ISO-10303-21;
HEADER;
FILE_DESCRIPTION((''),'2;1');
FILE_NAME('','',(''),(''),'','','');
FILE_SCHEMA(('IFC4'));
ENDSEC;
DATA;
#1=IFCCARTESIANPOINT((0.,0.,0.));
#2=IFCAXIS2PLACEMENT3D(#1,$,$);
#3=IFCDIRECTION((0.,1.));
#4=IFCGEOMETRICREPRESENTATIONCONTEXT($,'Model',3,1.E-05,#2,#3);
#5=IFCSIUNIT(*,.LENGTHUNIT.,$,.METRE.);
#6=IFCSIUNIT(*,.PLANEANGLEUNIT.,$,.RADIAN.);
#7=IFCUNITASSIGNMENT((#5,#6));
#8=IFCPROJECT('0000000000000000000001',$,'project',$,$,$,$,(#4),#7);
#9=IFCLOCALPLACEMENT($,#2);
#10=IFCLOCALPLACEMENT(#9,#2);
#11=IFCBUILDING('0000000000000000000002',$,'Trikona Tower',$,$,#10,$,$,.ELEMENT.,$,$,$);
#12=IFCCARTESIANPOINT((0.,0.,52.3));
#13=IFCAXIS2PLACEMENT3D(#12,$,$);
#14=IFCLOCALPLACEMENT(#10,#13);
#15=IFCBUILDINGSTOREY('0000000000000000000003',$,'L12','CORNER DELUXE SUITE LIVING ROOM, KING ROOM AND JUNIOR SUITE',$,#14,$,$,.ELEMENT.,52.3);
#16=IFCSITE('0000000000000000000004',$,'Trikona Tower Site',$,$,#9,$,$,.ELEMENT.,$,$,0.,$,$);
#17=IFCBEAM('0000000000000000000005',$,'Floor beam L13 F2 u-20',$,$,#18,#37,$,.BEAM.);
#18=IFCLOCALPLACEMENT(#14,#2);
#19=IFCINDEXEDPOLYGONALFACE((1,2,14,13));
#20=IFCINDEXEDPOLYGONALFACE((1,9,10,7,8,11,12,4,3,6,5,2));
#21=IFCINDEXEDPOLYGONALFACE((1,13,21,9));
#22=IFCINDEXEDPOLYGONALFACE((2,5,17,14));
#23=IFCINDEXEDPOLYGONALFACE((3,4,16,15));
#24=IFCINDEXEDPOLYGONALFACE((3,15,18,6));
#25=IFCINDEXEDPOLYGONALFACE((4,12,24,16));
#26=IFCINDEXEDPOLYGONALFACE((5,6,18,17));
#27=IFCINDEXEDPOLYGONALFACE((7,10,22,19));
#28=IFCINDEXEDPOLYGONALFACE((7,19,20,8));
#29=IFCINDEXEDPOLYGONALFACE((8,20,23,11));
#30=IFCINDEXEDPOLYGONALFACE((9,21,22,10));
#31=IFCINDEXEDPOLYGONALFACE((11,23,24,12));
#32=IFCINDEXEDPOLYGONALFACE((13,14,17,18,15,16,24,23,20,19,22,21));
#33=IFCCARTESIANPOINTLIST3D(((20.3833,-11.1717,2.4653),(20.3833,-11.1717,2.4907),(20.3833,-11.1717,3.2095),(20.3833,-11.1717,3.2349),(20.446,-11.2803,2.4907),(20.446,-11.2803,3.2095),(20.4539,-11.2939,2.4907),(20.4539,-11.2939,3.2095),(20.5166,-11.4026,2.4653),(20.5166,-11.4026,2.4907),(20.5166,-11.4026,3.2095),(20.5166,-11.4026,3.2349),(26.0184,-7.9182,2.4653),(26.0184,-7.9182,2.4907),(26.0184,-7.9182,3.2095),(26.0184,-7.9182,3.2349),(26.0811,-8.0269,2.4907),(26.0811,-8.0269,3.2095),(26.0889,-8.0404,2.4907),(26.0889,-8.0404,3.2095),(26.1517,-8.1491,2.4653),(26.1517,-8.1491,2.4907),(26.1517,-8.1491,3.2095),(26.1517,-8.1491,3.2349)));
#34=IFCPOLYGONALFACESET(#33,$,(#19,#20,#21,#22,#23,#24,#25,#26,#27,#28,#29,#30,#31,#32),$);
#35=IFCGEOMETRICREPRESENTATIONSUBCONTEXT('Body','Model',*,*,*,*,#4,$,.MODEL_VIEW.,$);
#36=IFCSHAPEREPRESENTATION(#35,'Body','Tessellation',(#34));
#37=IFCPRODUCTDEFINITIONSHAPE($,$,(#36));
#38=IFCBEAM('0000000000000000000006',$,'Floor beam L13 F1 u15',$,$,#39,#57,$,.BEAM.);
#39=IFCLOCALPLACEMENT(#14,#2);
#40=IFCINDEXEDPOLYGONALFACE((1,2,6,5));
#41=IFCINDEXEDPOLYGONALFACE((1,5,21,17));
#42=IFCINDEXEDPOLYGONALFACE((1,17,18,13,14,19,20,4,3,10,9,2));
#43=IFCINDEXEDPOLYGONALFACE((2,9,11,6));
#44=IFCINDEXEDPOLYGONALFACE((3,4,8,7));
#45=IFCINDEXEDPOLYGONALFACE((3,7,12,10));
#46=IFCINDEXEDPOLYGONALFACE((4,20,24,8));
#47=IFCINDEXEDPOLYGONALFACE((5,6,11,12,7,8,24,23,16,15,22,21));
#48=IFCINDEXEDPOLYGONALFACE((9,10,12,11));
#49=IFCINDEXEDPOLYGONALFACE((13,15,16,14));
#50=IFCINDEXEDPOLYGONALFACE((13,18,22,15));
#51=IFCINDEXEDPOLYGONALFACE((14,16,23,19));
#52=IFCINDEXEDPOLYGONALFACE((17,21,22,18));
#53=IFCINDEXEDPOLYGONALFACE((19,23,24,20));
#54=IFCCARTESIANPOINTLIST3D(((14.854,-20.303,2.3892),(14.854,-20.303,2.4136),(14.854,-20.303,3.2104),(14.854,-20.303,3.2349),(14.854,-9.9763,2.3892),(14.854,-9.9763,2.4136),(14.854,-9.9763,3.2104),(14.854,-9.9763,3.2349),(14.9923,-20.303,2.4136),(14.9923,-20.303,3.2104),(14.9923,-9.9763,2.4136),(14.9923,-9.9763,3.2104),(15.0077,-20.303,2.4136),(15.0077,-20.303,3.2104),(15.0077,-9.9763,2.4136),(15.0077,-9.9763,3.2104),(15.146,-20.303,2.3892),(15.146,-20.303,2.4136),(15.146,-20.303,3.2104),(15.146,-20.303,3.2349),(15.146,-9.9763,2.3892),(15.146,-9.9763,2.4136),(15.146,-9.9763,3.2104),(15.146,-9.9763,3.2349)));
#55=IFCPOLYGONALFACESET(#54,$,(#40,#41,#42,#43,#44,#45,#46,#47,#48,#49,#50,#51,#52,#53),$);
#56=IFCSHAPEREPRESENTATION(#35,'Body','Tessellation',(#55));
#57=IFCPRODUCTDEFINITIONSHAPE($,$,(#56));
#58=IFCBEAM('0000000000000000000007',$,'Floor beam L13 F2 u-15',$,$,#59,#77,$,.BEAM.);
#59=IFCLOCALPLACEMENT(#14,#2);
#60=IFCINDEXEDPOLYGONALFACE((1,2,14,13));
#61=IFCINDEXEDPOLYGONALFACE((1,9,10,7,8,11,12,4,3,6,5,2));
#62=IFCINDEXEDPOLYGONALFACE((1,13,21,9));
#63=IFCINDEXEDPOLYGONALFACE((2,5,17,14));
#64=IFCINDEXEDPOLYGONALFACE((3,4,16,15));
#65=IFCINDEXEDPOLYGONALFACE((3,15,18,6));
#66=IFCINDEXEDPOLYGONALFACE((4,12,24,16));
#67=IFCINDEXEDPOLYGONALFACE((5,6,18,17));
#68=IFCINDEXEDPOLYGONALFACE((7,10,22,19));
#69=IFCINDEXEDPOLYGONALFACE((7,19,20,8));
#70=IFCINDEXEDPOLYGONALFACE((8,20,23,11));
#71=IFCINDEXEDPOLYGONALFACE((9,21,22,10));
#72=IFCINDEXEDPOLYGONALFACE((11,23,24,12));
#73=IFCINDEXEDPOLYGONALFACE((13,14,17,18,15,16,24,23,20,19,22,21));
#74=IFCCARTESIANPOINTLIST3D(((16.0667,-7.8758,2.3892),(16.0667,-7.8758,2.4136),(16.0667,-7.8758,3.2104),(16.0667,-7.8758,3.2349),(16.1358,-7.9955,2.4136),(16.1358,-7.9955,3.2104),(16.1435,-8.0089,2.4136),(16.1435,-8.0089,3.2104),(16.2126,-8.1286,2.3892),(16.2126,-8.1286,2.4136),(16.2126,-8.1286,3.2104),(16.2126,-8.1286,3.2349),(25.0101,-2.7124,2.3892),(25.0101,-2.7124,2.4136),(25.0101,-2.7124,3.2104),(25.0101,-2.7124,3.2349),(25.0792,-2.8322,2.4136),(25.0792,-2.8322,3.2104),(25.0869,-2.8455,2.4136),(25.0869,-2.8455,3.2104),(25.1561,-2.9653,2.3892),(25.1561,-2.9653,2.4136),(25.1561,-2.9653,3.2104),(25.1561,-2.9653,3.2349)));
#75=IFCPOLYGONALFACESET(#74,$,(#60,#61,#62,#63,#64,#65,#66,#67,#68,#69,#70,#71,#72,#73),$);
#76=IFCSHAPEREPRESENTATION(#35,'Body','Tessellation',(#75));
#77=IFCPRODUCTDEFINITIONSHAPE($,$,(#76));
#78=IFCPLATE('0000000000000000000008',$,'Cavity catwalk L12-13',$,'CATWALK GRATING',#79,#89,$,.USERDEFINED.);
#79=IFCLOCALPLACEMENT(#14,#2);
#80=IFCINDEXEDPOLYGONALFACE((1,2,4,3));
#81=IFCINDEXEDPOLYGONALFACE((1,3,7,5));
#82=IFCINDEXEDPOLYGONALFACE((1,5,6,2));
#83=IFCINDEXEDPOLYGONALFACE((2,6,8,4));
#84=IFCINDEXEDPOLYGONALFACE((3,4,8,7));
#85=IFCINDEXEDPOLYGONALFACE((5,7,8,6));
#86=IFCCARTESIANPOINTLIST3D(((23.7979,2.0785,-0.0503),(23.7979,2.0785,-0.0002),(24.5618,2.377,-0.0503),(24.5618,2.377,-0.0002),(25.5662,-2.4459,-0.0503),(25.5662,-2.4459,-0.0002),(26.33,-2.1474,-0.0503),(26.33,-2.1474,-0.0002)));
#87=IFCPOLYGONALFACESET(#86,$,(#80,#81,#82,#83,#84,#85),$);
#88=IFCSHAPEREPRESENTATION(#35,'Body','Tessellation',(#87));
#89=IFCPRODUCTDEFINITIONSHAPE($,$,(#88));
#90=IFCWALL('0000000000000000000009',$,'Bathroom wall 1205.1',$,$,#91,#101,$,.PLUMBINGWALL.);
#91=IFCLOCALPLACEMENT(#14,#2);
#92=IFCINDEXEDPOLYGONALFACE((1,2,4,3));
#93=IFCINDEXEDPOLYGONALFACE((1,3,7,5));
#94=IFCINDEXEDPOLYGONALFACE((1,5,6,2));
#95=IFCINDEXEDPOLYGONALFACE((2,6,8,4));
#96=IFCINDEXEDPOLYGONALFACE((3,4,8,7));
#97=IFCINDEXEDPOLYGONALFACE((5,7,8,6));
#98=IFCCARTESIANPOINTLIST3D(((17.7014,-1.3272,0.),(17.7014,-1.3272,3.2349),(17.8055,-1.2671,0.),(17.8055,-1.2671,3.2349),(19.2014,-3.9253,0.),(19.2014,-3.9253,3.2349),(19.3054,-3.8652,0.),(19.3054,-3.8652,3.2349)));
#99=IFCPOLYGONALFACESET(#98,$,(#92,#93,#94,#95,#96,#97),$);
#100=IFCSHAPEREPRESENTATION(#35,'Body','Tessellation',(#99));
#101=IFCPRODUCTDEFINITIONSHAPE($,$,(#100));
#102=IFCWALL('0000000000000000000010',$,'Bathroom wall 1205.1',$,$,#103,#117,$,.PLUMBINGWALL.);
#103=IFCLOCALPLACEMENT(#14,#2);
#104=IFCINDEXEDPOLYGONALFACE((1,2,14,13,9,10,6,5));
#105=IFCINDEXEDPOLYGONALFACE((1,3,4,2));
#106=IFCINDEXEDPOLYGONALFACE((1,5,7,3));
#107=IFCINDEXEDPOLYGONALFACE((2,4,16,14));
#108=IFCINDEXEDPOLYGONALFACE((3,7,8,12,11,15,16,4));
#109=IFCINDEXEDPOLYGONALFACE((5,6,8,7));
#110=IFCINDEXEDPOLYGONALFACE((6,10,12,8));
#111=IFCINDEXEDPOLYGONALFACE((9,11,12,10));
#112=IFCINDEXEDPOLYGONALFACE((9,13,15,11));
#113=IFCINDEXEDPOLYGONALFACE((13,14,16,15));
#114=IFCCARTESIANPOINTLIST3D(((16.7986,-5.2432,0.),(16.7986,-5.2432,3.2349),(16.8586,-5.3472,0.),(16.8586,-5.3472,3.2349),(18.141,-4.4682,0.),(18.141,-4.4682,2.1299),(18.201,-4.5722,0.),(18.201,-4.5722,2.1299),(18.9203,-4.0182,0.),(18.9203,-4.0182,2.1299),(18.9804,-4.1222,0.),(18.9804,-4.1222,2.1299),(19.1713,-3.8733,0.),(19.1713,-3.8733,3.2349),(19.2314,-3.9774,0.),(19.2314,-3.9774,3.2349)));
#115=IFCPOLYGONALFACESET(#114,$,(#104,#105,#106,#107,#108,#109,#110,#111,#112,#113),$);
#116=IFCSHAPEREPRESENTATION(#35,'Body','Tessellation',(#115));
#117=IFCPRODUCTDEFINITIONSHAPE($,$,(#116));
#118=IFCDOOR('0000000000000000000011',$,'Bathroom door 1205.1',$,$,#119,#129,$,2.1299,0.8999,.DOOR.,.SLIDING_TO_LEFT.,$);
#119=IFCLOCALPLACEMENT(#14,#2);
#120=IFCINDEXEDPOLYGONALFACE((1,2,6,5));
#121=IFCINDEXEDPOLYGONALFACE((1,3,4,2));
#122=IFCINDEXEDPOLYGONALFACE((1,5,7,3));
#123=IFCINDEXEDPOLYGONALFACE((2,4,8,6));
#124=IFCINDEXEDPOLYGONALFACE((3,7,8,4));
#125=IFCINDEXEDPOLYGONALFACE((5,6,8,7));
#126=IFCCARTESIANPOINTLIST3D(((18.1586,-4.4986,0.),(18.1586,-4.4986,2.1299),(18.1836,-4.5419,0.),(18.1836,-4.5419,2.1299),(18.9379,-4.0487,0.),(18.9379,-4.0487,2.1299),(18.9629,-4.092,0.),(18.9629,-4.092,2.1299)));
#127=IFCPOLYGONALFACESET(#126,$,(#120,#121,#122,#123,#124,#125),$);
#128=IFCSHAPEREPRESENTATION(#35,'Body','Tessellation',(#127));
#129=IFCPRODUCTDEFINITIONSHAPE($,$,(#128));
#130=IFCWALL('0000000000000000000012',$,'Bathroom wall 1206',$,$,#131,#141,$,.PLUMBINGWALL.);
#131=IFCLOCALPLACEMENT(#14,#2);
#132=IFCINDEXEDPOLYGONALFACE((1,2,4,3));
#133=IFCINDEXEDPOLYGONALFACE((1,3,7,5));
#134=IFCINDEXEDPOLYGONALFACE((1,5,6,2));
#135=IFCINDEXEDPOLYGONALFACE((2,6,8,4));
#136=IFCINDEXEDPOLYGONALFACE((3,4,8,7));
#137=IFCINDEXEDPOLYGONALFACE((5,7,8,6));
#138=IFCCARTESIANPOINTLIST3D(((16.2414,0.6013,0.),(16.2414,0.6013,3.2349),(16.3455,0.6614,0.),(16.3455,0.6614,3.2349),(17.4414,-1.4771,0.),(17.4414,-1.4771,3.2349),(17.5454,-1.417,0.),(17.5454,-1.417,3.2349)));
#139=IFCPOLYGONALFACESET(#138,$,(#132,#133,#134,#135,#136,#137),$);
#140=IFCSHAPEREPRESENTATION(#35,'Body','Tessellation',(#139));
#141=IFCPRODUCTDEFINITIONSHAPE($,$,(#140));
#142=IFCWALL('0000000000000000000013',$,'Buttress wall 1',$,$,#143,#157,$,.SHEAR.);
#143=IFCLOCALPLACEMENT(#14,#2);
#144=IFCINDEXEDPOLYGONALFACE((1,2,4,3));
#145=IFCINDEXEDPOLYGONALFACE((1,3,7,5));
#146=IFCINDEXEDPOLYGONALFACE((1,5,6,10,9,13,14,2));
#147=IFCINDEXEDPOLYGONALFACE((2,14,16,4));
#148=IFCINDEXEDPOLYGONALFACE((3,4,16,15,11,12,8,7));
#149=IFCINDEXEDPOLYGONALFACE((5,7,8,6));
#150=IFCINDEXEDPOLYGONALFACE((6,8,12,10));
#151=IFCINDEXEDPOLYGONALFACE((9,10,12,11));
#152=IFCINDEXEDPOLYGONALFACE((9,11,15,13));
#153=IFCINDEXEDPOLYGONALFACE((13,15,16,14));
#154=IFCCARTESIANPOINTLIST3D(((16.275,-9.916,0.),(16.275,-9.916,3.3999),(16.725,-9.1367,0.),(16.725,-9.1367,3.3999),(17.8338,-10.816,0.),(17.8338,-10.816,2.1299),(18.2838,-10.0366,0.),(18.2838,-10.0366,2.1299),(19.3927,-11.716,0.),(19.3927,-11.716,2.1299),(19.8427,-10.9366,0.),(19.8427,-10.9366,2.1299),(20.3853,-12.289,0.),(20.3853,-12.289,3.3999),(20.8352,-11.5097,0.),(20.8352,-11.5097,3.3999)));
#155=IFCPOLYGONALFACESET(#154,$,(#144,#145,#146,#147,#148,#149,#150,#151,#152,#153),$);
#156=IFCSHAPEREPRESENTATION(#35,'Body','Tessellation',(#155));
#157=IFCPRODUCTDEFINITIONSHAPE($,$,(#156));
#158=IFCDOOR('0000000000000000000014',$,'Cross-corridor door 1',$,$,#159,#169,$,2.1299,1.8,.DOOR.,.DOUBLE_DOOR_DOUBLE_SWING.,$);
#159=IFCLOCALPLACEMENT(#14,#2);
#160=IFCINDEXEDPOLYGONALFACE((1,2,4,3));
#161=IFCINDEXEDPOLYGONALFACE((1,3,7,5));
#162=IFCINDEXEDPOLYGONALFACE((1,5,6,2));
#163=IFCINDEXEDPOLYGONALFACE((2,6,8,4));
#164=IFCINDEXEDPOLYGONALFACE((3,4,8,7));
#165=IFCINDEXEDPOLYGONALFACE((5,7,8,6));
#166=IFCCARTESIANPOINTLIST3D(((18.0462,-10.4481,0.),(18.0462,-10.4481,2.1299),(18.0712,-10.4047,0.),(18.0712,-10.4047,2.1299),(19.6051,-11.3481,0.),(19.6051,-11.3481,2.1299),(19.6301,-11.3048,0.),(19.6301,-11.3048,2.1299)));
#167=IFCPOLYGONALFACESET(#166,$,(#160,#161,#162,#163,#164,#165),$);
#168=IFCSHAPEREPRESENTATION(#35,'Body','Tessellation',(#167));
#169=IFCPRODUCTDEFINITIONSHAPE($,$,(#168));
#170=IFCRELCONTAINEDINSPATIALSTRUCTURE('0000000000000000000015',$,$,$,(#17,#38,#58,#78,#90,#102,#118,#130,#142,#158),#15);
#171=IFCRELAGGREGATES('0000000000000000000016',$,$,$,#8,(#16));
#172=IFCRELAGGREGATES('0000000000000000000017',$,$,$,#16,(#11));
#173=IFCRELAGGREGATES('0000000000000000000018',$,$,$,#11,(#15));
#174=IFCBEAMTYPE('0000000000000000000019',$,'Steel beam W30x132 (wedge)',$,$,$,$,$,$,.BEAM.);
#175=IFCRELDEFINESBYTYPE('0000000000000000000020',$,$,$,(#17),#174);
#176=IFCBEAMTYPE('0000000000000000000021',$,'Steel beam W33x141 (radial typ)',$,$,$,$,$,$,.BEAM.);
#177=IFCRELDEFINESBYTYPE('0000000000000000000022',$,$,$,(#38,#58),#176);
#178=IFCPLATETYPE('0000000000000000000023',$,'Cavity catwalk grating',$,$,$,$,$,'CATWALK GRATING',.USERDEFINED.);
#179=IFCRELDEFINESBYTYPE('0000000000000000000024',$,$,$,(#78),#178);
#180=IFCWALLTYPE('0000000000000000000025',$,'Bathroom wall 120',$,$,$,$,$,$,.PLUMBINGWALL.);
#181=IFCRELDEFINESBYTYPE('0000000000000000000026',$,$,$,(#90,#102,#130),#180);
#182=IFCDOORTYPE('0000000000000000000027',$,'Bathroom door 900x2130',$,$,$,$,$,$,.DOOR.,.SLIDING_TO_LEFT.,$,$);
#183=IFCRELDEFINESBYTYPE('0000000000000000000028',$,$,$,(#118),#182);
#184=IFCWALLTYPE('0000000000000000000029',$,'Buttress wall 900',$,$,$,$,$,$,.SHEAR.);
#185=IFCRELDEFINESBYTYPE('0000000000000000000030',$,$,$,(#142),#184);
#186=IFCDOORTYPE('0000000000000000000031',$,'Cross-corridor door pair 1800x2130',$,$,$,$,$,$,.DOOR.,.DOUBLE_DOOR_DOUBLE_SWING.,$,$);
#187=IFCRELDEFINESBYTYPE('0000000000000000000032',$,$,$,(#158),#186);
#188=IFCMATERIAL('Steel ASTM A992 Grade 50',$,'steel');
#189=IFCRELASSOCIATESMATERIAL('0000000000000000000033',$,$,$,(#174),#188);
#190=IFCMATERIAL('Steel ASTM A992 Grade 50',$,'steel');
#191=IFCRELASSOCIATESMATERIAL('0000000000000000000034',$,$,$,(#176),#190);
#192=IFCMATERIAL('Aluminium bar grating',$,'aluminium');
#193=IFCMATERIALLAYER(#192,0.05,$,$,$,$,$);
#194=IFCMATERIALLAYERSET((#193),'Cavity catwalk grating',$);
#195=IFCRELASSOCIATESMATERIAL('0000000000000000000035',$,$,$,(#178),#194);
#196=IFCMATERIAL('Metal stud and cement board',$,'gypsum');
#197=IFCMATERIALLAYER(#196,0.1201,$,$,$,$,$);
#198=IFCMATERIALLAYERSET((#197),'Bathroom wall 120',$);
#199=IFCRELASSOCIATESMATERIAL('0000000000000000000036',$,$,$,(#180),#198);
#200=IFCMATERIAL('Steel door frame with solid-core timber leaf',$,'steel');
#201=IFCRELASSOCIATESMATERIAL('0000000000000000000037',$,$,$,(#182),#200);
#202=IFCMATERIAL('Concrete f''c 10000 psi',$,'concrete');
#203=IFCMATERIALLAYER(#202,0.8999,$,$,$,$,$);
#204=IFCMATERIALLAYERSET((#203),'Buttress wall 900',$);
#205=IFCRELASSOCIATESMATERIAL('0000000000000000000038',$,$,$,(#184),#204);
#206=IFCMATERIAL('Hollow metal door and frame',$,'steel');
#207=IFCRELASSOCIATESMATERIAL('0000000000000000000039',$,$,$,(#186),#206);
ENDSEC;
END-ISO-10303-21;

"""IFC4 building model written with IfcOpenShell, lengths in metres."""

from ifc_helpers import new_model, si_unit, direction, frame, frame_2d, origin, origin_2d, place, context, subcontext, project, spatial, rectangle, i_section, extrude, material, layer, layer_set, material_profile, profile_set, type_object, element, fill, save


model = new_model("IFC4")

# Units and contexts
model_context = context("Model", 3, precision=1e-05, world=origin(), true_north=direction((0.0, 1.0)))
body_context = subcontext(model_context, "Body", "Model", "MODEL_VIEW")
ifc_project = project(units=[si_unit("LENGTHUNIT", "METRE"), si_unit("PLANEANGLEUNIT", "RADIAN")], contexts=[model_context])

# Site, building, storey
site_placement = place(None, origin())
site = spatial("IfcSite", under=ifc_project, at=site_placement, Name="Trikona Tower Site", CompositionType="ELEMENT", RefElevation=0.0)
building_placement = place(site_placement, origin())
building = spatial("IfcBuilding", under=site, at=building_placement, Name="Trikona Tower", CompositionType="ELEMENT")
storey_placement = place(building_placement, frame((0.0, 0.0, 52.3)))
storey = spatial("IfcBuildingStorey", under=building, at=storey_placement, Name="L12", Description="CORNER DELUXE SUITE LIVING ROOM, KING ROOM AND JUNIOR SUITE", CompositionType="ELEMENT", Elevation=52.3)

# Beams
ifc_material_1 = material(Name="Steel ASTM A992 Grade 50", Category="steel")
ifc_material_profile_1 = material_profile(ifc_material_1, i_section(OverallWidth=0.2666, OverallDepth=0.7695, WebThickness=0.0156, FlangeThickness=0.0254, at=origin_2d()), Name="W30X132")
ifc_profile_set_1 = profile_set([ifc_material_profile_1], Name="Steel ASTM A992 Grade 50")
beam_type_1 = type_object("IfcBeamType", Name="Steel beam W30x132 (wedge)", PredefinedType="BEAM", material=ifc_profile_set_1)
beam_1_placement = place(storey_placement, frame((20.45, -11.2871, 2.8501), z_axis=(0.866023, 0.500005, 0.0), x_axis=(-0.500005, 0.866023, 0.0)))
element("IfcBeam", 1, at=beam_1_placement, inside=storey, type_object=beam_type_1, Name="Floor beam L13 F2 u-20", PredefinedType="BEAM", context=body_context, shape_type="SweptSolid", body=[
    extrude(i_section(OverallWidth=0.2666, OverallDepth=0.7695, WebThickness=0.0156, FlangeThickness=0.0254, at=origin_2d()), origin(), (0.0, 0.0, 1.0), 6.5068),
])
ifc_material_2 = material(Name="Steel ASTM A992 Grade 50", Category="steel")
ifc_material_profile_2 = material_profile(ifc_material_2, i_section(OverallWidth=0.292, OverallDepth=0.8457, WebThickness=0.0154, FlangeThickness=0.0244, at=origin_2d()), Name="W33X141")
ifc_profile_set_2 = profile_set([ifc_material_profile_2], Name="Steel ASTM A992 Grade 50")
beam_type_2 = type_object("IfcBeamType", Name="Steel beam W33x141 (radial typ)", PredefinedType="BEAM", material=ifc_profile_set_2)
beam_2_placement = place(storey_placement, frame((15.0, -9.9763, 2.812), z_axis=(0.0, -1.0, 0.0), x_axis=(1.0, 0.0, 0.0)))
element("IfcBeam", 2, at=beam_2_placement, inside=storey, type_object=beam_type_2, Name="Floor beam L13 F1 u15", PredefinedType="BEAM", context=body_context, shape_type="SweptSolid", body=[
    extrude(i_section(OverallWidth=0.292, OverallDepth=0.8457, WebThickness=0.0154, FlangeThickness=0.0244, at=origin_2d()), origin(), (0.0, 0.0, 1.0), 10.3267),
])
beam_3_placement = place(storey_placement, frame((16.1396, -8.0022, 2.812), z_axis=(0.86603, 0.499991, 0.0), x_axis=(-0.499991, 0.86603, 0.0)))
element("IfcBeam", 3, at=beam_3_placement, inside=storey, type_object=beam_type_2, Name="Floor beam L13 F2 u-15", PredefinedType="BEAM", context=body_context, shape_type="SweptSolid", body=[
    extrude(i_section(OverallWidth=0.292, OverallDepth=0.8457, WebThickness=0.0154, FlangeThickness=0.0244, at=origin_2d()), origin(), (0.0, 0.0, 1.0), 10.3269),
])

# Plate
ifc_material_3 = material(Name="Aluminium bar grating", Category="aluminium")
ifc_layer_1 = layer(ifc_material_3, 0.05)
ifc_layer_set_1 = layer_set([ifc_layer_1], Name="Cavity catwalk grating")
plate_type = type_object("IfcPlateType", Name="Cavity catwalk grating", ElementType="CATWALK GRATING", PredefinedType="USERDEFINED", material=ifc_layer_set_1)
plate_placement = place(storey_placement, frame((25.064, -0.0344, -0.0503), z_axis=(0.0, 0.0, 1.0), x_axis=(-0.364009, 0.931395, 0.0)))
element("IfcPlate", 4, at=plate_placement, inside=storey, type_object=plate_type, Name="Cavity catwalk L12-13", ObjectType="CATWALK GRATING", PredefinedType="USERDEFINED", context=body_context, shape_type="SweptSolid", body=[
    extrude(rectangle(XDim=4.8577, YDim=0.8201, at=origin_2d()), origin(), (0.0, 0.0, 1.0), 0.05),
])

# Wall
ifc_material_4 = material(Name="Metal stud and cement board", Category="gypsum")
ifc_layer_2 = layer(ifc_material_4, 0.1201)
ifc_layer_set_2 = layer_set([ifc_layer_2], Name="Bathroom wall 120")
wall_type_1 = type_object("IfcWallType", Name="Bathroom wall 120", PredefinedType="PLUMBINGWALL", material=ifc_layer_set_2)
wall_1_placement = place(storey_placement, frame((19.2534, -3.8953, 0.0), z_axis=(0.0, 0.0, 1.0), x_axis=(-0.49999, 0.866031, 0.0)))
element("IfcWall", 5, at=wall_1_placement, inside=storey, type_object=wall_type_1, Name="Bathroom wall 1205.1", PredefinedType="PLUMBINGWALL", context=body_context, shape_type="SweptSolid", body=[
    extrude(rectangle(XDim=3.0, YDim=0.1201, at=frame_2d((1.5, 0.0))), origin(), (0.0, 0.0, 1.0), 3.2349),
])

# Wall, opening, door
wall_2_placement = place(storey_placement, frame((16.8286, -5.2952, 0.0), z_axis=(0.0, 0.0, 1.0), x_axis=(0.866036, 0.499982, 0.0)))
wall_2 = element("IfcWall", 6, at=wall_2_placement, inside=storey, type_object=wall_type_1, Name="Bathroom wall 1205.1", PredefinedType="PLUMBINGWALL", context=body_context, shape_type="SweptSolid", body=[
    extrude(rectangle(XDim=2.7397, YDim=0.1201, at=frame_2d((1.3699, 0.0))), origin(), (0.0, 0.0, 1.0), 3.2349),
])
opening_1_placement = place(wall_2_placement, frame((1.55, 0.0, 0.0)))
opening_1 = element("IfcOpeningElement", 7, at=opening_1_placement, cuts=wall_2, PredefinedType="OPENING", context=body_context, shape_type="SweptSolid", body=[
    extrude(rectangle(XDim=0.8999, YDim=2.1299, at=frame_2d((0.45, 1.0649))), frame((0.0, 0.0701, 0.0), z_axis=(0.0, -1.0, 0.0), x_axis=(1.0, 0.0, 0.0)), (0.0, 0.0, 1.0), 0.1401),
])
ifc_material_5 = material(Name="Steel door frame with solid-core timber leaf", Category="steel")
door_type_1 = type_object("IfcDoorType", Name="Bathroom door 900x2130", OperationType="SLIDING_TO_LEFT", PredefinedType="DOOR", material=ifc_material_5)
door_1_placement = place(opening_1_placement, origin())
door_1 = element("IfcDoor", 8, at=door_1_placement, inside=storey, type_object=door_type_1, Name="Bathroom door 1205.1", OperationType="SLIDING_TO_LEFT", OverallHeight=2.1299, OverallWidth=0.8999, PredefinedType="DOOR", context=body_context, shape_type="SweptSolid", body=[
    extrude(rectangle(XDim=0.8999, YDim=2.1299, at=frame_2d((0.45, 1.0649))), frame((0.0, 0.0249, 0.0), z_axis=(0.0, -1.0, 0.0), x_axis=(1.0, 0.0, 0.0)), (0.0, 0.0, 1.0), 0.05),
])
fill(opening_1, door_1)

# Wall
wall_3_placement = place(storey_placement, frame((17.4934, -1.447, 0.0), z_axis=(0.0, 0.0, 1.0), x_axis=(-0.500001, 0.866025, 0.0)))
element("IfcWall", 9, at=wall_3_placement, inside=storey, type_object=wall_type_1, Name="Bathroom wall 1206", PredefinedType="PLUMBINGWALL", context=body_context, shape_type="SweptSolid", body=[
    extrude(rectangle(XDim=2.3999, YDim=0.1201, at=frame_2d((1.2, 0.0))), origin(), (0.0, 0.0, 1.0), 3.2349),
])

# Wall, opening, door
ifc_material_6 = material(Name="Concrete f'c 10000 psi", Category="concrete")
ifc_layer_3 = layer(ifc_material_6, 0.8999)
ifc_layer_set_3 = layer_set([ifc_layer_3], Name="Buttress wall 900")
wall_type_2 = type_object("IfcWallType", Name="Buttress wall 900", PredefinedType="SHEAR", material=ifc_layer_set_3)
wall_4_placement = place(storey_placement, frame((16.5, -9.5264, 0.0), z_axis=(0.0, 0.0, 1.0), x_axis=(0.866031, -0.49999, 0.0)))
wall_4 = element("IfcWall", 10, at=wall_4_placement, inside=storey, type_object=wall_type_2, Name="Buttress wall 1", PredefinedType="SHEAR", context=body_context, shape_type="SweptSolid", body=[
    extrude(rectangle(XDim=4.7461, YDim=0.8999, at=frame_2d((2.373, 0.0))), origin(), (0.0, 0.0, 1.0), 3.3999),
])
opening_2_placement = place(wall_4_placement, frame((1.8, 0.0, 0.0)))
opening_2 = element("IfcOpeningElement", 11, at=opening_2_placement, cuts=wall_4, PredefinedType="OPENING", context=body_context, shape_type="SweptSolid", body=[
    extrude(rectangle(XDim=1.8, YDim=2.1299, at=frame_2d((0.8999, 1.0649))), frame((0.0, 0.46, 0.0), z_axis=(0.0, -1.0, 0.0), x_axis=(1.0, 0.0, 0.0)), (0.0, 0.0, 1.0), 0.9199),
])
ifc_material_7 = material(Name="Hollow metal door and frame", Category="steel")
door_type_2 = type_object("IfcDoorType", Name="Cross-corridor door pair 1800x2130", OperationType="DOUBLE_DOOR_DOUBLE_SWING", PredefinedType="DOOR", material=ifc_material_7)
door_2_placement = place(opening_2_placement, origin())
door_2 = element("IfcDoor", 12, at=door_2_placement, inside=storey, type_object=door_type_2, Name="Cross-corridor door 1", OperationType="DOUBLE_DOOR_DOUBLE_SWING", OverallHeight=2.1299, OverallWidth=1.8, PredefinedType="DOOR", context=body_context, shape_type="SweptSolid", body=[
    extrude(rectangle(XDim=1.8, YDim=2.1299, at=frame_2d((0.8999, 1.0649))), frame((0.0, 0.0249, 0.0), z_axis=(0.0, -1.0, 0.0), x_axis=(1.0, 0.0, 0.0)), (0.0, 0.0, 1.0), 0.05),
])
fill(opening_2, door_2)

save(model, "model.ifc")
